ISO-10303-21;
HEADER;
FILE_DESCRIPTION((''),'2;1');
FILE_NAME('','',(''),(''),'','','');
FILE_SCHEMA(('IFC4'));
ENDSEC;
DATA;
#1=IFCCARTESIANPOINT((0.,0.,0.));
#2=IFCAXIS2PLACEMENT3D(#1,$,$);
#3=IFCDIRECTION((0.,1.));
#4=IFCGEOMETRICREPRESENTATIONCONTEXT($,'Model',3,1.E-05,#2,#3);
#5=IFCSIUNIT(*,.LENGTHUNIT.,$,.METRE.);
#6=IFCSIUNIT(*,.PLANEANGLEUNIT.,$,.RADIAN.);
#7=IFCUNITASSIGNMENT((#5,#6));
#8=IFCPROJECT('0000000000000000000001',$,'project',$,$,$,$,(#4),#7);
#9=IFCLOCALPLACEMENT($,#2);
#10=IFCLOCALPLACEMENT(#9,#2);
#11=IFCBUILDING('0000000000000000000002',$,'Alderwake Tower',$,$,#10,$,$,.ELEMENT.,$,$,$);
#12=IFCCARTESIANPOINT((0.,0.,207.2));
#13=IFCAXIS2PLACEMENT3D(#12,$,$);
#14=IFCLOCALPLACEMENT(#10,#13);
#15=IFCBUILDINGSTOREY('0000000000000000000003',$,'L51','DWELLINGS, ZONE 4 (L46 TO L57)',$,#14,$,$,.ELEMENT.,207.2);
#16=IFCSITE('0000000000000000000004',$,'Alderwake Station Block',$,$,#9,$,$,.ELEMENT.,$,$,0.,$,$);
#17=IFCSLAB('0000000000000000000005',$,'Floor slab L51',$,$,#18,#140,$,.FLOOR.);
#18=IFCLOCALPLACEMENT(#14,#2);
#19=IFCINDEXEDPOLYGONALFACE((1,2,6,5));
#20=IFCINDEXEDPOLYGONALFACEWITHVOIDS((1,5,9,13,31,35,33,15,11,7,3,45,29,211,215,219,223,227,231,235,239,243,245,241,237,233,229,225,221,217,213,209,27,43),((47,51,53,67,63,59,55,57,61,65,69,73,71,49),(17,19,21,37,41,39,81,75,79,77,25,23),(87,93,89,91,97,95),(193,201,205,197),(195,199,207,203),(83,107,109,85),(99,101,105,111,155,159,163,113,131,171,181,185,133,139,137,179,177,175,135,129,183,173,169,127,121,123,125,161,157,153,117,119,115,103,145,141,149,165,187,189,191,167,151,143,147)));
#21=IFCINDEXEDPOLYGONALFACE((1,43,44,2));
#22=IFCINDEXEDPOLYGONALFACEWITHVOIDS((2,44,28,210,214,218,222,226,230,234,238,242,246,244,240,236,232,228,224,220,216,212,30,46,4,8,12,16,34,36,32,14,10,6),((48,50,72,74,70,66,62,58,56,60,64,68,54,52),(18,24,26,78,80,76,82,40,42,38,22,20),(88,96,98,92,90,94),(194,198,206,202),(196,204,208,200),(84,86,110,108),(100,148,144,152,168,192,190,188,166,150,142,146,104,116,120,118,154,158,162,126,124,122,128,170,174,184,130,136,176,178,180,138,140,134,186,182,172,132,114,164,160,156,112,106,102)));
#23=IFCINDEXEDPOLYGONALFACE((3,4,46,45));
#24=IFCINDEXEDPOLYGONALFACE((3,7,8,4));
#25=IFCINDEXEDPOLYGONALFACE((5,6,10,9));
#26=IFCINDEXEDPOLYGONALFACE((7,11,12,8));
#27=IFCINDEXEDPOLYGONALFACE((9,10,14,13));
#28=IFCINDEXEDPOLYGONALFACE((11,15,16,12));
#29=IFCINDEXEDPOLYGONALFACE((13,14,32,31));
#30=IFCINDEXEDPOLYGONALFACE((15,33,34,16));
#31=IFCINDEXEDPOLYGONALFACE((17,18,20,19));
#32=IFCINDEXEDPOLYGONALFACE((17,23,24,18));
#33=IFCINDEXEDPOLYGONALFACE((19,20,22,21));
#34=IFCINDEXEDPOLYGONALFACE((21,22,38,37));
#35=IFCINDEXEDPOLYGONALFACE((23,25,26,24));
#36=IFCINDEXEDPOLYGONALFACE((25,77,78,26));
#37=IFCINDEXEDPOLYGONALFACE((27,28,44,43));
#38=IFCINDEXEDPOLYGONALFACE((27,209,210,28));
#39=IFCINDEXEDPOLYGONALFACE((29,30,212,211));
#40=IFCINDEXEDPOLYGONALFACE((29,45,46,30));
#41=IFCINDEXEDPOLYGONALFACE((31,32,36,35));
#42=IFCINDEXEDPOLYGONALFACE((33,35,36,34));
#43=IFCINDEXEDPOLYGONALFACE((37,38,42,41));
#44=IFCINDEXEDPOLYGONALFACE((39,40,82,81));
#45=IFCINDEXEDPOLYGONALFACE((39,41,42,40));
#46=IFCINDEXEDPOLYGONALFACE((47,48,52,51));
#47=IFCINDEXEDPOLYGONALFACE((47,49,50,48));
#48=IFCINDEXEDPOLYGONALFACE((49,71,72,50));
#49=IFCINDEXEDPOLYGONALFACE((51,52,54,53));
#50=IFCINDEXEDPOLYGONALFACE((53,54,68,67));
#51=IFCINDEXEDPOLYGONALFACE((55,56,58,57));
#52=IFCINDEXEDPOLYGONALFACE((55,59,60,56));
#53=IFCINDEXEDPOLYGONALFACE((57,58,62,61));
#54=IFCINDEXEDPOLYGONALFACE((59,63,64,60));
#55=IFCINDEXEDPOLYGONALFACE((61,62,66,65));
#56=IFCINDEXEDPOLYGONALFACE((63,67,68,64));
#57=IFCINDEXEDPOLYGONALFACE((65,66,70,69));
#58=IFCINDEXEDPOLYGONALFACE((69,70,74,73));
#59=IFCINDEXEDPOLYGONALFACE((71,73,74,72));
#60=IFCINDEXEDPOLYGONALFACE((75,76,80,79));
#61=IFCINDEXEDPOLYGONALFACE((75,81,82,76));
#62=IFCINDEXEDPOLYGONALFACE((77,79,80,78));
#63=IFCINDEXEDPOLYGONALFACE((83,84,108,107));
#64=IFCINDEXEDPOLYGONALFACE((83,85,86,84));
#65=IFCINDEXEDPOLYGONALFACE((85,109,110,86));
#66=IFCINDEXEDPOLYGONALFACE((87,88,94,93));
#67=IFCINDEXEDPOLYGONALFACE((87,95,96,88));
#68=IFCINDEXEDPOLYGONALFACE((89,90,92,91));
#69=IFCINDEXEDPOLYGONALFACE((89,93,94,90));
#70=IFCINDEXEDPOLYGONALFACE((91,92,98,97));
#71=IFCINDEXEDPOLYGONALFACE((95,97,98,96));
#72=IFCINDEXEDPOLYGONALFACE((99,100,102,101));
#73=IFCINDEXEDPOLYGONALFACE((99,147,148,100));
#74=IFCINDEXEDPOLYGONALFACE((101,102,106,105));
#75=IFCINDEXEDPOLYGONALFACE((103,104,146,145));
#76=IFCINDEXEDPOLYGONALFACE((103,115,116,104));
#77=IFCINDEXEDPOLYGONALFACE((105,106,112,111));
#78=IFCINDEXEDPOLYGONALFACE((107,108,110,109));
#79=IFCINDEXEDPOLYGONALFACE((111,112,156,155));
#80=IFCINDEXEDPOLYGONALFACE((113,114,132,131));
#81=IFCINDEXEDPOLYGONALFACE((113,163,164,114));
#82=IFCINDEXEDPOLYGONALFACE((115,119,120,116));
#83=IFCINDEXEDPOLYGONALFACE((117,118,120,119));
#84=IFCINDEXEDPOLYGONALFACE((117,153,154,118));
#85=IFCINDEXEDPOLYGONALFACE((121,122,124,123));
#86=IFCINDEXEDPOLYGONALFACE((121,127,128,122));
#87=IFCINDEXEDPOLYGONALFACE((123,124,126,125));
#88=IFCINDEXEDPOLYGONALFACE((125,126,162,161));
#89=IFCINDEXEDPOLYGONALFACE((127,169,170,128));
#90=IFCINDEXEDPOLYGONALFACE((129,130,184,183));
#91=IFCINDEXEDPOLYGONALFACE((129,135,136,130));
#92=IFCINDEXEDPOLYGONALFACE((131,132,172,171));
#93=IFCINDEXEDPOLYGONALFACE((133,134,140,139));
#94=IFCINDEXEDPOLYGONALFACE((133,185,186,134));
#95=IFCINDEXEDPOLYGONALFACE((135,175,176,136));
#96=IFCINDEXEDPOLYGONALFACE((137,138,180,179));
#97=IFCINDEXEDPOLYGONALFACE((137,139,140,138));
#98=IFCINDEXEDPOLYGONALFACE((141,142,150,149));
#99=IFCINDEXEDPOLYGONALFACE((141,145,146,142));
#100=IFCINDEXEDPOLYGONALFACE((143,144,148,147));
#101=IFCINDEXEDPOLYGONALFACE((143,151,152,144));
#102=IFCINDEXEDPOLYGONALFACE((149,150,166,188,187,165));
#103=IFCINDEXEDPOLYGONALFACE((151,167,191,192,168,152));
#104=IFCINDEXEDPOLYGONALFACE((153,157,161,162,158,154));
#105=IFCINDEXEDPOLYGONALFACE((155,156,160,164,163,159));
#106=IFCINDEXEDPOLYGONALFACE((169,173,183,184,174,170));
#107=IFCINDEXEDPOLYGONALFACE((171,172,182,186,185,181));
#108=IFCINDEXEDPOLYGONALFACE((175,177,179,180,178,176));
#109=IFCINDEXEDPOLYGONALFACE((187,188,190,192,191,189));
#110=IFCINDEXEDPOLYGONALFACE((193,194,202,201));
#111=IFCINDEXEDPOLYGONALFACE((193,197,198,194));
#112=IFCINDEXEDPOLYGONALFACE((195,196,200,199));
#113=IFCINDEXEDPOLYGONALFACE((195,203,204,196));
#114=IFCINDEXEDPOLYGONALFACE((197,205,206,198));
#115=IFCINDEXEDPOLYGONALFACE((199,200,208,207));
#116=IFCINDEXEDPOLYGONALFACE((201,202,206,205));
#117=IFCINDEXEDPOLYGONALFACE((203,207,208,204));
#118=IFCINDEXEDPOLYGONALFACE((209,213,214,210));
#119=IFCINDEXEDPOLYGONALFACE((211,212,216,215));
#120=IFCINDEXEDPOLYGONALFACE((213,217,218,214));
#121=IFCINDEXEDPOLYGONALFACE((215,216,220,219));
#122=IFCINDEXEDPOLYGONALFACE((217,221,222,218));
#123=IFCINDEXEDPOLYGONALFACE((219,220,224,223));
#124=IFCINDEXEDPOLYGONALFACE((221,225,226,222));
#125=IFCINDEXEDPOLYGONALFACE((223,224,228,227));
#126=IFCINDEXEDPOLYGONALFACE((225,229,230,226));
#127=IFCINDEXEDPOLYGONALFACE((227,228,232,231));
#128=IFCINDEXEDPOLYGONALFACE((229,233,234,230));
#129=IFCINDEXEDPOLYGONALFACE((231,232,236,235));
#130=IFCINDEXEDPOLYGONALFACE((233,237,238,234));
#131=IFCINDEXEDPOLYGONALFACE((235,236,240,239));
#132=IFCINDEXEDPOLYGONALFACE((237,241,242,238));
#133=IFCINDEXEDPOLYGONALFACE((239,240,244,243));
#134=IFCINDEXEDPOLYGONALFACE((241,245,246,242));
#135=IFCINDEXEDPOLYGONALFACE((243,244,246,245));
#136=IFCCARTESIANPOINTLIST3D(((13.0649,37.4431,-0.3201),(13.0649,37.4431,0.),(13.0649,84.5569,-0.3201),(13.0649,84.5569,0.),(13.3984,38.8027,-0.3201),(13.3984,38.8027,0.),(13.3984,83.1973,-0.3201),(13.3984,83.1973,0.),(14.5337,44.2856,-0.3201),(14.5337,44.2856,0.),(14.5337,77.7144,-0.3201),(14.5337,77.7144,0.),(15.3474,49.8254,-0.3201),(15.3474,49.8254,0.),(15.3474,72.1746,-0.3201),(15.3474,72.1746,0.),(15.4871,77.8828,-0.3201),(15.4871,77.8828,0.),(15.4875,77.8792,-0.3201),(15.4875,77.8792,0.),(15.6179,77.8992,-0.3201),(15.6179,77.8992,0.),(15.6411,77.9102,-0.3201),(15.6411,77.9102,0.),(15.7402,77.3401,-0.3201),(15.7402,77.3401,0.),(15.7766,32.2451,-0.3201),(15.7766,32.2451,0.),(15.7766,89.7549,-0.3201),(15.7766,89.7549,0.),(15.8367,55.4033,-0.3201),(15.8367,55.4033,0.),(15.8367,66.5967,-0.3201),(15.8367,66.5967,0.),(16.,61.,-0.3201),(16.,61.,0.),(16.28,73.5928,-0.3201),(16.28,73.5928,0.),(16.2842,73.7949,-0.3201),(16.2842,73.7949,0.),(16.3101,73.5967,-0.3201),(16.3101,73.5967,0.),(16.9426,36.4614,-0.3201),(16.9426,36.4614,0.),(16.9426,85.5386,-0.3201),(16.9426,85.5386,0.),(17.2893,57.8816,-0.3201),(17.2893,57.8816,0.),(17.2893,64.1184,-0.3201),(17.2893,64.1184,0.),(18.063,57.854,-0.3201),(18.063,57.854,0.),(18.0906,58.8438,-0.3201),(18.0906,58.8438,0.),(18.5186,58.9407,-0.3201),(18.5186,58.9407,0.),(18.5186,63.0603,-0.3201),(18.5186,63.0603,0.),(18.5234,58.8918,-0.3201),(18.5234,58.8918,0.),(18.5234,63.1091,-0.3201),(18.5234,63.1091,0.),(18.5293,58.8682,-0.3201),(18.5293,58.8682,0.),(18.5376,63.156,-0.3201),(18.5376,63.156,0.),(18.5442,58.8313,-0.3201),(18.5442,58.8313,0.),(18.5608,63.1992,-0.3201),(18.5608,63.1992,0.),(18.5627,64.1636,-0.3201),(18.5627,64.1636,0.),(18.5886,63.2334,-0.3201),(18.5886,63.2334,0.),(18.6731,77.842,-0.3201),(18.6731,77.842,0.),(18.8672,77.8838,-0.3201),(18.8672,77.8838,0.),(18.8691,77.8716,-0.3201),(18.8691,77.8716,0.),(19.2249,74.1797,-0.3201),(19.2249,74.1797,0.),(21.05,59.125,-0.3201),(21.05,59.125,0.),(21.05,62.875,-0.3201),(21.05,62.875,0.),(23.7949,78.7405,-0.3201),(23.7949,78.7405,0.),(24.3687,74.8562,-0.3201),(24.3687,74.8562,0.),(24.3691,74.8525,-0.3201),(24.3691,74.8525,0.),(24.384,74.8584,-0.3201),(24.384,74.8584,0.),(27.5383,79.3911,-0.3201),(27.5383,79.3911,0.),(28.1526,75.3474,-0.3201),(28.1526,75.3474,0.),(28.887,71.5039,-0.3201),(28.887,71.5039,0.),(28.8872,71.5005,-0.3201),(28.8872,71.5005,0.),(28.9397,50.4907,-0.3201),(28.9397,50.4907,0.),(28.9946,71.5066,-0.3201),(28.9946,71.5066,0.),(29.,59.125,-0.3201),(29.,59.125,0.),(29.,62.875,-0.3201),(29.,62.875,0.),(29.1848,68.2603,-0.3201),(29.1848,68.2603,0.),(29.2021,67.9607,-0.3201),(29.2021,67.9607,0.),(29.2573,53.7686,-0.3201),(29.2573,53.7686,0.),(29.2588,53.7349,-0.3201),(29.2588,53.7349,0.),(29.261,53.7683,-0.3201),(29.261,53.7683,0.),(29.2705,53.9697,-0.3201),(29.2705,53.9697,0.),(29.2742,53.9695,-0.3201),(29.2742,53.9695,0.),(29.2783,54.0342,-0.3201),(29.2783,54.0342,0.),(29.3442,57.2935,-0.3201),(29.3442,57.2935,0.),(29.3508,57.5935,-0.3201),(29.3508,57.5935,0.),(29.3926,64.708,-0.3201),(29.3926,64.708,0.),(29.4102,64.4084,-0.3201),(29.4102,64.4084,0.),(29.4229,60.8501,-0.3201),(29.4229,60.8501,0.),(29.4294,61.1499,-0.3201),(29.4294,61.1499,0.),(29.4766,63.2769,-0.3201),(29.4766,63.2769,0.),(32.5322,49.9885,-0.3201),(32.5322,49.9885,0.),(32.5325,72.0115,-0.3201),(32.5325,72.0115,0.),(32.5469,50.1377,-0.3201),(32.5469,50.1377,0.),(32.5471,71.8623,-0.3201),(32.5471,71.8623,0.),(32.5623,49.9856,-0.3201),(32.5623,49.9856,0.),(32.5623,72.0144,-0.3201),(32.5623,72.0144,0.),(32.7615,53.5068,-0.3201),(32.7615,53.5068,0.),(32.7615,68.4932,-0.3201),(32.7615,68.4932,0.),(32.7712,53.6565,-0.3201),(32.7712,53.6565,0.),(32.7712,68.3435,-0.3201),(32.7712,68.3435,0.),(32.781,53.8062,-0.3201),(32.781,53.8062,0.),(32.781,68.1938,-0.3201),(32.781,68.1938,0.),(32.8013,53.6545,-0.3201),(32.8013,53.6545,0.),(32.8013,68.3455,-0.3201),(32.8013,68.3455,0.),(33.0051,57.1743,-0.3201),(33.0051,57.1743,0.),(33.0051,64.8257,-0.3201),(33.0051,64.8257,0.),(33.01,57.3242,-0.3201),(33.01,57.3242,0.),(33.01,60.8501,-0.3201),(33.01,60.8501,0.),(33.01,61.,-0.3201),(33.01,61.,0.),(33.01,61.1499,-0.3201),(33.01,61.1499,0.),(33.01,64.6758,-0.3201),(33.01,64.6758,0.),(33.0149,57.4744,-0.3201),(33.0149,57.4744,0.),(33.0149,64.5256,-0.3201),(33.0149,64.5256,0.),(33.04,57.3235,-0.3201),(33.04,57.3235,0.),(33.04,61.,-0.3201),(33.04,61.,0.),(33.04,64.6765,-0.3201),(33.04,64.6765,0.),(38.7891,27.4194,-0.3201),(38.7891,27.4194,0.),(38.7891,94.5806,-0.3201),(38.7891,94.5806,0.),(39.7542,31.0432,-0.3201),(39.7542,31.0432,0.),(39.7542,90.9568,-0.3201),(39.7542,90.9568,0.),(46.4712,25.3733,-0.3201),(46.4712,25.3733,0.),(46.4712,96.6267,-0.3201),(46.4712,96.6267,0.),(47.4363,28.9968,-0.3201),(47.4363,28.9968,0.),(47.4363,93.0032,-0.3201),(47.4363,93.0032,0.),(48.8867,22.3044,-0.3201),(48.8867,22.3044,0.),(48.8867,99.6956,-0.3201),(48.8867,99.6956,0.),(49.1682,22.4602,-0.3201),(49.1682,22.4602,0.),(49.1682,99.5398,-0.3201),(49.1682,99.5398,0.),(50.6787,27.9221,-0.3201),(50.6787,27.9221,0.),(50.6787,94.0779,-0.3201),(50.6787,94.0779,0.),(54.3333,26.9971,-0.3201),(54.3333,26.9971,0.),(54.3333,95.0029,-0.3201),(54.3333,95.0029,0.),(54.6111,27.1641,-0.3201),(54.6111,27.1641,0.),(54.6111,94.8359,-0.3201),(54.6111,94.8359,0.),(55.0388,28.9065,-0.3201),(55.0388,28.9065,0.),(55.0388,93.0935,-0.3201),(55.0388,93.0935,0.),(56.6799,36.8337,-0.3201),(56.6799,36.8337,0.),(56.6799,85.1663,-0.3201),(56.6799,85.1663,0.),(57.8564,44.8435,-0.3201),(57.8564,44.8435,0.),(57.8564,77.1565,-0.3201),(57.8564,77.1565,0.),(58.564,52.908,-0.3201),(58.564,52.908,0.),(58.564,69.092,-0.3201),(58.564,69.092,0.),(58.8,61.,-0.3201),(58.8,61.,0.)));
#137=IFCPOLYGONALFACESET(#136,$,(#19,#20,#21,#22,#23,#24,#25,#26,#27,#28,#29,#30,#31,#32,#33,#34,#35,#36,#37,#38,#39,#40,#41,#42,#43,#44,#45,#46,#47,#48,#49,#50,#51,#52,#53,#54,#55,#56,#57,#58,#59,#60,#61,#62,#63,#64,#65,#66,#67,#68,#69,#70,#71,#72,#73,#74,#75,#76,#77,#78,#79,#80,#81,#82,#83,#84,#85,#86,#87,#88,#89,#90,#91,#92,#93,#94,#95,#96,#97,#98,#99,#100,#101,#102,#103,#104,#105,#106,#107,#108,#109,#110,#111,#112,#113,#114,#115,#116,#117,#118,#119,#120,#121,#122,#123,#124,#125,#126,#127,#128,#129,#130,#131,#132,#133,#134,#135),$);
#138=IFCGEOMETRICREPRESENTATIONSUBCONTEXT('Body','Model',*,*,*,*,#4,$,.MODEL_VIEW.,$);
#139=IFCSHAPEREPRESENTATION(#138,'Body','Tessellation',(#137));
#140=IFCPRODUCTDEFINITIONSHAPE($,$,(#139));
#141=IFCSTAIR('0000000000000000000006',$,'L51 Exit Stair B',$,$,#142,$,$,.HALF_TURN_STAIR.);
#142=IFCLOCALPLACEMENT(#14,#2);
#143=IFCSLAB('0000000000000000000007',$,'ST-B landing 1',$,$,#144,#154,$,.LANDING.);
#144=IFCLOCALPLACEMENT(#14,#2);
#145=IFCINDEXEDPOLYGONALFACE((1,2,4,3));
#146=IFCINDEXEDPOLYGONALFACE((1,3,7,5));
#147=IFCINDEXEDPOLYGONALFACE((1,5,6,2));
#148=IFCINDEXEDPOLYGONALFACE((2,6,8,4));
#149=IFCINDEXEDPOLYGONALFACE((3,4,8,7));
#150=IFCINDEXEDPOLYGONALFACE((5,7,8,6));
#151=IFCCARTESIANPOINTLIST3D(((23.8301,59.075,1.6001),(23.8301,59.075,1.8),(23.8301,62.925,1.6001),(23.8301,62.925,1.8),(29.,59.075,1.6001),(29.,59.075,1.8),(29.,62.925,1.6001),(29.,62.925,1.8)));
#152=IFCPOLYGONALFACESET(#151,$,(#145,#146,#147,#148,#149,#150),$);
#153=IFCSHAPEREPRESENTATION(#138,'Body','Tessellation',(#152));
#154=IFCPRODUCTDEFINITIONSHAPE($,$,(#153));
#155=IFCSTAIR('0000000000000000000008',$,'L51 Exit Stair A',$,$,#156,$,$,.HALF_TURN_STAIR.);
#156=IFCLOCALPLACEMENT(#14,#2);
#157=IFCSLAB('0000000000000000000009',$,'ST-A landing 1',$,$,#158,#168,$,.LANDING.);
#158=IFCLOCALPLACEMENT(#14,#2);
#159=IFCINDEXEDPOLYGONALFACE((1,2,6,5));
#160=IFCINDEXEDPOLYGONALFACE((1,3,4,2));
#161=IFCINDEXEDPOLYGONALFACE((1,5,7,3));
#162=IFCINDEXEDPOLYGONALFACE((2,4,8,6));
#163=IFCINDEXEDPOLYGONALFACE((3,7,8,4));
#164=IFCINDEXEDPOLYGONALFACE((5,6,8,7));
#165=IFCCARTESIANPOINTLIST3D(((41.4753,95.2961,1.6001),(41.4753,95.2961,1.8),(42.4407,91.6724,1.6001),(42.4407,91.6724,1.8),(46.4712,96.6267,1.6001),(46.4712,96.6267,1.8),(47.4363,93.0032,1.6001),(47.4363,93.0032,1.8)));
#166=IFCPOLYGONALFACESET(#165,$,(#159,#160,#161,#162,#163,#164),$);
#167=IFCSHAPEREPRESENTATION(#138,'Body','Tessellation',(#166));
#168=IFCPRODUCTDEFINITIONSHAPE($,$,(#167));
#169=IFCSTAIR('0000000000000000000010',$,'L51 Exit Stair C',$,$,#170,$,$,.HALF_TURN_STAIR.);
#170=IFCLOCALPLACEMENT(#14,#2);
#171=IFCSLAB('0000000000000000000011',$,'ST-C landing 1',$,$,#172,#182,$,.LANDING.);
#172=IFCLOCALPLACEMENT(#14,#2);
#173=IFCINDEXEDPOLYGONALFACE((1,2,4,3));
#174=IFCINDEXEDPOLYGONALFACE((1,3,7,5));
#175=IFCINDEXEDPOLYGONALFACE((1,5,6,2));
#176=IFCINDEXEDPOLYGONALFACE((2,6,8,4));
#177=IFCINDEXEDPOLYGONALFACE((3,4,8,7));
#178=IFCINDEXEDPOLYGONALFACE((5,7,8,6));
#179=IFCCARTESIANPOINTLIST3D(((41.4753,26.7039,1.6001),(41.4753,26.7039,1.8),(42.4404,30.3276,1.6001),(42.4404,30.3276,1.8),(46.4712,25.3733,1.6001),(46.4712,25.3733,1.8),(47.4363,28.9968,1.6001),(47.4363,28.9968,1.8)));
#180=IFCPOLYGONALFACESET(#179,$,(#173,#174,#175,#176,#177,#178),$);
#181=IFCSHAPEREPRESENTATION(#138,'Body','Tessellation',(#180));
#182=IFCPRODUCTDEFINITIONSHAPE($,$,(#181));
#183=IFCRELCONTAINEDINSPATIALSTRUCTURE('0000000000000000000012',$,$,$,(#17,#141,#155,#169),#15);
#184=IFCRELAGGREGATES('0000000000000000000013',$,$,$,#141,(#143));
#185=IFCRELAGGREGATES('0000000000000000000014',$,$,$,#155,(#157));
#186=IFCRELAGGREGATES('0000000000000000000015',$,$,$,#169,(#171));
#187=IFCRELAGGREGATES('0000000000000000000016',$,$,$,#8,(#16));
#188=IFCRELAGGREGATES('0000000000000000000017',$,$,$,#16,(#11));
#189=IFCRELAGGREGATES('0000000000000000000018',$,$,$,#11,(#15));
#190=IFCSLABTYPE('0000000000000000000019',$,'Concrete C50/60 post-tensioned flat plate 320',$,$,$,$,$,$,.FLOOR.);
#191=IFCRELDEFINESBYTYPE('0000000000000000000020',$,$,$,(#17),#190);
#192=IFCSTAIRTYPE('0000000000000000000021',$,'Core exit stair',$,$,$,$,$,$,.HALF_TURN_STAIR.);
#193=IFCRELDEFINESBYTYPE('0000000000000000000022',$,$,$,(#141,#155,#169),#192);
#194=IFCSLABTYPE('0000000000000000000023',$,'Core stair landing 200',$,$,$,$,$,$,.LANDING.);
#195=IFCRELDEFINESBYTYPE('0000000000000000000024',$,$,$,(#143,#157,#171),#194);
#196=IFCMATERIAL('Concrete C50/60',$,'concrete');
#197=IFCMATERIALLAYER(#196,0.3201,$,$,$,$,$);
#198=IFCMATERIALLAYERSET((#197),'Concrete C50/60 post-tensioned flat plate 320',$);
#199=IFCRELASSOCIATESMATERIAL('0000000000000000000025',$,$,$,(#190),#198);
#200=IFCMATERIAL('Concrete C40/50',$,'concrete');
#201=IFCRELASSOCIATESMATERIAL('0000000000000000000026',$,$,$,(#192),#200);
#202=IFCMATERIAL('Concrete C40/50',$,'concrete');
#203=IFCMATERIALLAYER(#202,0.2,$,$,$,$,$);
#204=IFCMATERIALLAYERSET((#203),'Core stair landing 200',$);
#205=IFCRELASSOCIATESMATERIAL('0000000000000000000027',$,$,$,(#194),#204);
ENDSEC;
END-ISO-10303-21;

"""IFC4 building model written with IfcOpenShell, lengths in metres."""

from ifc_helpers import new_model, si_unit, direction, frame, origin, place, context, subcontext, project, spatial, polyline, outline, extrude, material, layer, layer_set, type_object, element, aggregate, save


model = new_model("IFC4")

# Units and contexts
model_context = context("Model", 3, precision=1e-05, world=origin(), true_north=direction((0.0, 1.0)))
body_context = subcontext(model_context, "Body", "Model", "MODEL_VIEW")
ifc_project = project(units=[si_unit("LENGTHUNIT", "METRE"), si_unit("PLANEANGLEUNIT", "RADIAN")], contexts=[model_context])

# Site, building, storey
site_placement = place(None, origin())
site = spatial("IfcSite", under=ifc_project, at=site_placement, Name="Alderwake Station Block", CompositionType="ELEMENT", RefElevation=0.0)
building_placement = place(site_placement, origin())
building = spatial("IfcBuilding", under=site, at=building_placement, Name="Alderwake Tower", CompositionType="ELEMENT")
storey_placement = place(building_placement, frame((0.0, 0.0, 207.2)))
storey = spatial("IfcBuildingStorey", under=building, at=storey_placement, Name="L51", Description="DWELLINGS, ZONE 4 (L46 TO L57)", CompositionType="ELEMENT", Elevation=207.2)

# Slab
ifc_material_1 = material(Name="Concrete C50/60", Category="concrete")
ifc_layer_1 = layer(ifc_material_1, 0.3201)
ifc_layer_set_1 = layer_set([ifc_layer_1], Name="Concrete C50/60 post-tensioned flat plate 320")
slab_type_1 = type_object("IfcSlabType", Name="Concrete C50/60 post-tensioned flat plate 320", PredefinedType="FLOOR", material=ifc_layer_set_1)
slab_1_placement = place(storey_placement, frame((0.0, 0.0, -0.3201)))
element("IfcSlab", 1, at=slab_1_placement, inside=storey, type_object=slab_type_1, Name="Floor slab L51", PredefinedType="FLOOR", context=body_context, shape_type="SweptSolid", body=[
    extrude(outline(polyline([(13.0649, 37.4431), (13.3984, 38.8027), (14.5337, 44.2856), (15.3474, 49.8254), (15.8367, 55.4033), (16.0, 61.0), (15.8367, 66.5967), (15.3474, 72.1746), (14.5337, 77.7144), (13.3984, 83.1973), (13.0649, 84.5569), (16.9426, 85.5386), (15.7766, 89.7549), (48.8867, 99.6956), (49.1682, 99.5398), (50.6787, 94.0779), (54.3333, 95.0029), (54.6111, 94.8359), (55.0388, 93.0935), (56.6799, 85.1663), (57.8564, 77.1565), (58.564, 69.092), (58.8, 61.0), (58.564, 52.908), (57.8564, 44.8435), (56.6799, 36.8337), (55.0388, 28.9065), (54.6111, 27.1641), (54.3333, 26.9971), (50.6787, 27.9221), (49.1682, 22.4602), (48.8867, 22.3044), (15.7766, 32.2451), (16.9426, 36.4614), (13.0649, 37.4431)]), holes=[polyline([(29.2573, 53.7686), (28.9397, 50.4907), (32.5469, 50.1377), (32.5322, 49.9885), (32.5623, 49.9856), (32.8013, 53.6545), (33.04, 57.3235), (33.04, 61.0), (33.04, 64.6765), (32.8013, 68.3455), (32.5623, 72.0144), (32.5325, 72.0115), (32.5471, 71.8623), (28.887, 71.5039), (28.8872, 71.5005), (28.9946, 71.5066), (29.1848, 68.2603), (32.7615, 68.4932), (32.7712, 68.3435), (32.781, 68.1938), (29.2021, 67.9607), (29.3926, 64.708), (33.0051, 64.8257), (33.01, 64.6758), (33.0149, 64.5256), (29.4102, 64.4084), (29.4766, 63.2769), (29.4294, 61.1499), (33.01, 61.1499), (33.01, 61.0), (33.01, 60.8501), (29.4229, 60.8501), (29.3508, 57.5935), (33.0149, 57.4744), (33.01, 57.3242), (33.0051, 57.1743), (29.3442, 57.2935), (29.2705, 53.9697), (29.2742, 53.9695), (29.2783, 54.0342), (32.781, 53.8062), (32.7712, 53.6565), (32.7615, 53.5068), (29.2588, 53.7349), (29.261, 53.7683), (29.2573, 53.7686)]), polyline([(21.05, 62.875), (21.05, 59.125), (29.0, 59.125), (29.0, 62.875), (21.05, 62.875)]), polyline([(15.6411, 77.9102), (15.4871, 77.8828), (15.4875, 77.8792), (15.6179, 77.8992), (16.28, 73.5928), (16.3101, 73.5967), (16.2842, 73.7949), (19.2249, 74.1797), (18.6731, 77.842), (18.8691, 77.8716), (18.8672, 77.8838), (15.7402, 77.3401), (15.6411, 77.9102)]), polyline([(27.5383, 79.3911), (23.7949, 78.7405), (24.384, 74.8584), (24.3687, 74.8562), (24.3691, 74.8525), (28.1526, 75.3474), (27.5383, 79.3911)]), polyline([(47.4363, 28.9968), (39.7542, 31.0432), (38.7891, 27.4194), (46.4712, 25.3733), (47.4363, 28.9968)]), polyline([(46.4712, 96.6267), (38.7891, 94.5806), (39.7542, 90.9568), (47.4363, 93.0032), (46.4712, 96.6267)]), polyline([(17.2893, 64.1184), (17.2893, 57.8816), (18.063, 57.854), (18.0906, 58.8438), (18.5442, 58.8313), (18.5293, 58.8682), (18.5234, 58.8918), (18.5186, 58.9407), (18.5186, 63.0603), (18.5234, 63.1091), (18.5376, 63.156), (18.5608, 63.1992), (18.5886, 63.2334), (18.5627, 64.1636), (17.2893, 64.1184)])]), origin(), (0.0, 0.0, 1.0), 0.3201),
])

# Stairs, slabs
ifc_material_2 = material(Name="Concrete C40/50", Category="concrete")
stair_type = type_object("IfcStairType", Name="Core exit stair", PredefinedType="HALF_TURN_STAIR", material=ifc_material_2)
stair_1_placement = place(storey_placement, origin())
stair_1 = element("IfcStair", 2, at=stair_1_placement, inside=storey, type_object=stair_type, Name="L51 Exit Stair B", PredefinedType="HALF_TURN_STAIR")
ifc_material_3 = material(Name="Concrete C40/50", Category="concrete")
ifc_layer_2 = layer(ifc_material_3, 0.2)
ifc_layer_set_2 = layer_set([ifc_layer_2], Name="Core stair landing 200")
slab_type_2 = type_object("IfcSlabType", Name="Core stair landing 200", PredefinedType="LANDING", material=ifc_layer_set_2)
slab_2_placement = place(storey_placement, frame((0.0, 0.0, 1.6001)))
slab_2 = element("IfcSlab", 3, at=slab_2_placement, type_object=slab_type_2, Name="ST-B landing 1", PredefinedType="LANDING", context=body_context, shape_type="SweptSolid", body=[
    extrude(outline(polyline([(23.8301, 59.075), (29.0, 59.075), (29.0, 62.925), (23.8301, 62.925), (23.8301, 59.075)])), origin(), (0.0, 0.0, 1.0), 0.2),
])
aggregate(stair_1, [slab_2])
stair_2_placement = place(storey_placement, origin())
stair_2 = element("IfcStair", 4, at=stair_2_placement, inside=storey, type_object=stair_type, Name="L51 Exit Stair A", PredefinedType="HALF_TURN_STAIR")
slab_3_placement = place(storey_placement, frame((0.0, 0.0, 1.6001)))
slab_3 = element("IfcSlab", 5, at=slab_3_placement, type_object=slab_type_2, Name="ST-A landing 1", PredefinedType="LANDING", context=body_context, shape_type="SweptSolid", body=[
    extrude(outline(polyline([(42.4407, 91.6724), (47.4363, 93.0032), (46.4712, 96.6267), (41.4753, 95.2961), (42.4407, 91.6724)])), origin(), (0.0, 0.0, 1.0), 0.2),
])
aggregate(stair_2, [slab_3])
stair_3_placement = place(storey_placement, origin())
stair_3 = element("IfcStair", 6, at=stair_3_placement, inside=storey, type_object=stair_type, Name="L51 Exit Stair C", PredefinedType="HALF_TURN_STAIR")
slab_4_placement = place(storey_placement, frame((0.0, 0.0, 1.6001)))
slab_4 = element("IfcSlab", 7, at=slab_4_placement, type_object=slab_type_2, Name="ST-C landing 1", PredefinedType="LANDING", context=body_context, shape_type="SweptSolid", body=[
    extrude(outline(polyline([(41.4753, 26.7039), (46.4712, 25.3733), (47.4363, 28.9968), (42.4404, 30.3276), (41.4753, 26.7039)])), origin(), (0.0, 0.0, 1.0), 0.2),
])
aggregate(stair_3, [slab_4])

save(model, "model.ifc")
